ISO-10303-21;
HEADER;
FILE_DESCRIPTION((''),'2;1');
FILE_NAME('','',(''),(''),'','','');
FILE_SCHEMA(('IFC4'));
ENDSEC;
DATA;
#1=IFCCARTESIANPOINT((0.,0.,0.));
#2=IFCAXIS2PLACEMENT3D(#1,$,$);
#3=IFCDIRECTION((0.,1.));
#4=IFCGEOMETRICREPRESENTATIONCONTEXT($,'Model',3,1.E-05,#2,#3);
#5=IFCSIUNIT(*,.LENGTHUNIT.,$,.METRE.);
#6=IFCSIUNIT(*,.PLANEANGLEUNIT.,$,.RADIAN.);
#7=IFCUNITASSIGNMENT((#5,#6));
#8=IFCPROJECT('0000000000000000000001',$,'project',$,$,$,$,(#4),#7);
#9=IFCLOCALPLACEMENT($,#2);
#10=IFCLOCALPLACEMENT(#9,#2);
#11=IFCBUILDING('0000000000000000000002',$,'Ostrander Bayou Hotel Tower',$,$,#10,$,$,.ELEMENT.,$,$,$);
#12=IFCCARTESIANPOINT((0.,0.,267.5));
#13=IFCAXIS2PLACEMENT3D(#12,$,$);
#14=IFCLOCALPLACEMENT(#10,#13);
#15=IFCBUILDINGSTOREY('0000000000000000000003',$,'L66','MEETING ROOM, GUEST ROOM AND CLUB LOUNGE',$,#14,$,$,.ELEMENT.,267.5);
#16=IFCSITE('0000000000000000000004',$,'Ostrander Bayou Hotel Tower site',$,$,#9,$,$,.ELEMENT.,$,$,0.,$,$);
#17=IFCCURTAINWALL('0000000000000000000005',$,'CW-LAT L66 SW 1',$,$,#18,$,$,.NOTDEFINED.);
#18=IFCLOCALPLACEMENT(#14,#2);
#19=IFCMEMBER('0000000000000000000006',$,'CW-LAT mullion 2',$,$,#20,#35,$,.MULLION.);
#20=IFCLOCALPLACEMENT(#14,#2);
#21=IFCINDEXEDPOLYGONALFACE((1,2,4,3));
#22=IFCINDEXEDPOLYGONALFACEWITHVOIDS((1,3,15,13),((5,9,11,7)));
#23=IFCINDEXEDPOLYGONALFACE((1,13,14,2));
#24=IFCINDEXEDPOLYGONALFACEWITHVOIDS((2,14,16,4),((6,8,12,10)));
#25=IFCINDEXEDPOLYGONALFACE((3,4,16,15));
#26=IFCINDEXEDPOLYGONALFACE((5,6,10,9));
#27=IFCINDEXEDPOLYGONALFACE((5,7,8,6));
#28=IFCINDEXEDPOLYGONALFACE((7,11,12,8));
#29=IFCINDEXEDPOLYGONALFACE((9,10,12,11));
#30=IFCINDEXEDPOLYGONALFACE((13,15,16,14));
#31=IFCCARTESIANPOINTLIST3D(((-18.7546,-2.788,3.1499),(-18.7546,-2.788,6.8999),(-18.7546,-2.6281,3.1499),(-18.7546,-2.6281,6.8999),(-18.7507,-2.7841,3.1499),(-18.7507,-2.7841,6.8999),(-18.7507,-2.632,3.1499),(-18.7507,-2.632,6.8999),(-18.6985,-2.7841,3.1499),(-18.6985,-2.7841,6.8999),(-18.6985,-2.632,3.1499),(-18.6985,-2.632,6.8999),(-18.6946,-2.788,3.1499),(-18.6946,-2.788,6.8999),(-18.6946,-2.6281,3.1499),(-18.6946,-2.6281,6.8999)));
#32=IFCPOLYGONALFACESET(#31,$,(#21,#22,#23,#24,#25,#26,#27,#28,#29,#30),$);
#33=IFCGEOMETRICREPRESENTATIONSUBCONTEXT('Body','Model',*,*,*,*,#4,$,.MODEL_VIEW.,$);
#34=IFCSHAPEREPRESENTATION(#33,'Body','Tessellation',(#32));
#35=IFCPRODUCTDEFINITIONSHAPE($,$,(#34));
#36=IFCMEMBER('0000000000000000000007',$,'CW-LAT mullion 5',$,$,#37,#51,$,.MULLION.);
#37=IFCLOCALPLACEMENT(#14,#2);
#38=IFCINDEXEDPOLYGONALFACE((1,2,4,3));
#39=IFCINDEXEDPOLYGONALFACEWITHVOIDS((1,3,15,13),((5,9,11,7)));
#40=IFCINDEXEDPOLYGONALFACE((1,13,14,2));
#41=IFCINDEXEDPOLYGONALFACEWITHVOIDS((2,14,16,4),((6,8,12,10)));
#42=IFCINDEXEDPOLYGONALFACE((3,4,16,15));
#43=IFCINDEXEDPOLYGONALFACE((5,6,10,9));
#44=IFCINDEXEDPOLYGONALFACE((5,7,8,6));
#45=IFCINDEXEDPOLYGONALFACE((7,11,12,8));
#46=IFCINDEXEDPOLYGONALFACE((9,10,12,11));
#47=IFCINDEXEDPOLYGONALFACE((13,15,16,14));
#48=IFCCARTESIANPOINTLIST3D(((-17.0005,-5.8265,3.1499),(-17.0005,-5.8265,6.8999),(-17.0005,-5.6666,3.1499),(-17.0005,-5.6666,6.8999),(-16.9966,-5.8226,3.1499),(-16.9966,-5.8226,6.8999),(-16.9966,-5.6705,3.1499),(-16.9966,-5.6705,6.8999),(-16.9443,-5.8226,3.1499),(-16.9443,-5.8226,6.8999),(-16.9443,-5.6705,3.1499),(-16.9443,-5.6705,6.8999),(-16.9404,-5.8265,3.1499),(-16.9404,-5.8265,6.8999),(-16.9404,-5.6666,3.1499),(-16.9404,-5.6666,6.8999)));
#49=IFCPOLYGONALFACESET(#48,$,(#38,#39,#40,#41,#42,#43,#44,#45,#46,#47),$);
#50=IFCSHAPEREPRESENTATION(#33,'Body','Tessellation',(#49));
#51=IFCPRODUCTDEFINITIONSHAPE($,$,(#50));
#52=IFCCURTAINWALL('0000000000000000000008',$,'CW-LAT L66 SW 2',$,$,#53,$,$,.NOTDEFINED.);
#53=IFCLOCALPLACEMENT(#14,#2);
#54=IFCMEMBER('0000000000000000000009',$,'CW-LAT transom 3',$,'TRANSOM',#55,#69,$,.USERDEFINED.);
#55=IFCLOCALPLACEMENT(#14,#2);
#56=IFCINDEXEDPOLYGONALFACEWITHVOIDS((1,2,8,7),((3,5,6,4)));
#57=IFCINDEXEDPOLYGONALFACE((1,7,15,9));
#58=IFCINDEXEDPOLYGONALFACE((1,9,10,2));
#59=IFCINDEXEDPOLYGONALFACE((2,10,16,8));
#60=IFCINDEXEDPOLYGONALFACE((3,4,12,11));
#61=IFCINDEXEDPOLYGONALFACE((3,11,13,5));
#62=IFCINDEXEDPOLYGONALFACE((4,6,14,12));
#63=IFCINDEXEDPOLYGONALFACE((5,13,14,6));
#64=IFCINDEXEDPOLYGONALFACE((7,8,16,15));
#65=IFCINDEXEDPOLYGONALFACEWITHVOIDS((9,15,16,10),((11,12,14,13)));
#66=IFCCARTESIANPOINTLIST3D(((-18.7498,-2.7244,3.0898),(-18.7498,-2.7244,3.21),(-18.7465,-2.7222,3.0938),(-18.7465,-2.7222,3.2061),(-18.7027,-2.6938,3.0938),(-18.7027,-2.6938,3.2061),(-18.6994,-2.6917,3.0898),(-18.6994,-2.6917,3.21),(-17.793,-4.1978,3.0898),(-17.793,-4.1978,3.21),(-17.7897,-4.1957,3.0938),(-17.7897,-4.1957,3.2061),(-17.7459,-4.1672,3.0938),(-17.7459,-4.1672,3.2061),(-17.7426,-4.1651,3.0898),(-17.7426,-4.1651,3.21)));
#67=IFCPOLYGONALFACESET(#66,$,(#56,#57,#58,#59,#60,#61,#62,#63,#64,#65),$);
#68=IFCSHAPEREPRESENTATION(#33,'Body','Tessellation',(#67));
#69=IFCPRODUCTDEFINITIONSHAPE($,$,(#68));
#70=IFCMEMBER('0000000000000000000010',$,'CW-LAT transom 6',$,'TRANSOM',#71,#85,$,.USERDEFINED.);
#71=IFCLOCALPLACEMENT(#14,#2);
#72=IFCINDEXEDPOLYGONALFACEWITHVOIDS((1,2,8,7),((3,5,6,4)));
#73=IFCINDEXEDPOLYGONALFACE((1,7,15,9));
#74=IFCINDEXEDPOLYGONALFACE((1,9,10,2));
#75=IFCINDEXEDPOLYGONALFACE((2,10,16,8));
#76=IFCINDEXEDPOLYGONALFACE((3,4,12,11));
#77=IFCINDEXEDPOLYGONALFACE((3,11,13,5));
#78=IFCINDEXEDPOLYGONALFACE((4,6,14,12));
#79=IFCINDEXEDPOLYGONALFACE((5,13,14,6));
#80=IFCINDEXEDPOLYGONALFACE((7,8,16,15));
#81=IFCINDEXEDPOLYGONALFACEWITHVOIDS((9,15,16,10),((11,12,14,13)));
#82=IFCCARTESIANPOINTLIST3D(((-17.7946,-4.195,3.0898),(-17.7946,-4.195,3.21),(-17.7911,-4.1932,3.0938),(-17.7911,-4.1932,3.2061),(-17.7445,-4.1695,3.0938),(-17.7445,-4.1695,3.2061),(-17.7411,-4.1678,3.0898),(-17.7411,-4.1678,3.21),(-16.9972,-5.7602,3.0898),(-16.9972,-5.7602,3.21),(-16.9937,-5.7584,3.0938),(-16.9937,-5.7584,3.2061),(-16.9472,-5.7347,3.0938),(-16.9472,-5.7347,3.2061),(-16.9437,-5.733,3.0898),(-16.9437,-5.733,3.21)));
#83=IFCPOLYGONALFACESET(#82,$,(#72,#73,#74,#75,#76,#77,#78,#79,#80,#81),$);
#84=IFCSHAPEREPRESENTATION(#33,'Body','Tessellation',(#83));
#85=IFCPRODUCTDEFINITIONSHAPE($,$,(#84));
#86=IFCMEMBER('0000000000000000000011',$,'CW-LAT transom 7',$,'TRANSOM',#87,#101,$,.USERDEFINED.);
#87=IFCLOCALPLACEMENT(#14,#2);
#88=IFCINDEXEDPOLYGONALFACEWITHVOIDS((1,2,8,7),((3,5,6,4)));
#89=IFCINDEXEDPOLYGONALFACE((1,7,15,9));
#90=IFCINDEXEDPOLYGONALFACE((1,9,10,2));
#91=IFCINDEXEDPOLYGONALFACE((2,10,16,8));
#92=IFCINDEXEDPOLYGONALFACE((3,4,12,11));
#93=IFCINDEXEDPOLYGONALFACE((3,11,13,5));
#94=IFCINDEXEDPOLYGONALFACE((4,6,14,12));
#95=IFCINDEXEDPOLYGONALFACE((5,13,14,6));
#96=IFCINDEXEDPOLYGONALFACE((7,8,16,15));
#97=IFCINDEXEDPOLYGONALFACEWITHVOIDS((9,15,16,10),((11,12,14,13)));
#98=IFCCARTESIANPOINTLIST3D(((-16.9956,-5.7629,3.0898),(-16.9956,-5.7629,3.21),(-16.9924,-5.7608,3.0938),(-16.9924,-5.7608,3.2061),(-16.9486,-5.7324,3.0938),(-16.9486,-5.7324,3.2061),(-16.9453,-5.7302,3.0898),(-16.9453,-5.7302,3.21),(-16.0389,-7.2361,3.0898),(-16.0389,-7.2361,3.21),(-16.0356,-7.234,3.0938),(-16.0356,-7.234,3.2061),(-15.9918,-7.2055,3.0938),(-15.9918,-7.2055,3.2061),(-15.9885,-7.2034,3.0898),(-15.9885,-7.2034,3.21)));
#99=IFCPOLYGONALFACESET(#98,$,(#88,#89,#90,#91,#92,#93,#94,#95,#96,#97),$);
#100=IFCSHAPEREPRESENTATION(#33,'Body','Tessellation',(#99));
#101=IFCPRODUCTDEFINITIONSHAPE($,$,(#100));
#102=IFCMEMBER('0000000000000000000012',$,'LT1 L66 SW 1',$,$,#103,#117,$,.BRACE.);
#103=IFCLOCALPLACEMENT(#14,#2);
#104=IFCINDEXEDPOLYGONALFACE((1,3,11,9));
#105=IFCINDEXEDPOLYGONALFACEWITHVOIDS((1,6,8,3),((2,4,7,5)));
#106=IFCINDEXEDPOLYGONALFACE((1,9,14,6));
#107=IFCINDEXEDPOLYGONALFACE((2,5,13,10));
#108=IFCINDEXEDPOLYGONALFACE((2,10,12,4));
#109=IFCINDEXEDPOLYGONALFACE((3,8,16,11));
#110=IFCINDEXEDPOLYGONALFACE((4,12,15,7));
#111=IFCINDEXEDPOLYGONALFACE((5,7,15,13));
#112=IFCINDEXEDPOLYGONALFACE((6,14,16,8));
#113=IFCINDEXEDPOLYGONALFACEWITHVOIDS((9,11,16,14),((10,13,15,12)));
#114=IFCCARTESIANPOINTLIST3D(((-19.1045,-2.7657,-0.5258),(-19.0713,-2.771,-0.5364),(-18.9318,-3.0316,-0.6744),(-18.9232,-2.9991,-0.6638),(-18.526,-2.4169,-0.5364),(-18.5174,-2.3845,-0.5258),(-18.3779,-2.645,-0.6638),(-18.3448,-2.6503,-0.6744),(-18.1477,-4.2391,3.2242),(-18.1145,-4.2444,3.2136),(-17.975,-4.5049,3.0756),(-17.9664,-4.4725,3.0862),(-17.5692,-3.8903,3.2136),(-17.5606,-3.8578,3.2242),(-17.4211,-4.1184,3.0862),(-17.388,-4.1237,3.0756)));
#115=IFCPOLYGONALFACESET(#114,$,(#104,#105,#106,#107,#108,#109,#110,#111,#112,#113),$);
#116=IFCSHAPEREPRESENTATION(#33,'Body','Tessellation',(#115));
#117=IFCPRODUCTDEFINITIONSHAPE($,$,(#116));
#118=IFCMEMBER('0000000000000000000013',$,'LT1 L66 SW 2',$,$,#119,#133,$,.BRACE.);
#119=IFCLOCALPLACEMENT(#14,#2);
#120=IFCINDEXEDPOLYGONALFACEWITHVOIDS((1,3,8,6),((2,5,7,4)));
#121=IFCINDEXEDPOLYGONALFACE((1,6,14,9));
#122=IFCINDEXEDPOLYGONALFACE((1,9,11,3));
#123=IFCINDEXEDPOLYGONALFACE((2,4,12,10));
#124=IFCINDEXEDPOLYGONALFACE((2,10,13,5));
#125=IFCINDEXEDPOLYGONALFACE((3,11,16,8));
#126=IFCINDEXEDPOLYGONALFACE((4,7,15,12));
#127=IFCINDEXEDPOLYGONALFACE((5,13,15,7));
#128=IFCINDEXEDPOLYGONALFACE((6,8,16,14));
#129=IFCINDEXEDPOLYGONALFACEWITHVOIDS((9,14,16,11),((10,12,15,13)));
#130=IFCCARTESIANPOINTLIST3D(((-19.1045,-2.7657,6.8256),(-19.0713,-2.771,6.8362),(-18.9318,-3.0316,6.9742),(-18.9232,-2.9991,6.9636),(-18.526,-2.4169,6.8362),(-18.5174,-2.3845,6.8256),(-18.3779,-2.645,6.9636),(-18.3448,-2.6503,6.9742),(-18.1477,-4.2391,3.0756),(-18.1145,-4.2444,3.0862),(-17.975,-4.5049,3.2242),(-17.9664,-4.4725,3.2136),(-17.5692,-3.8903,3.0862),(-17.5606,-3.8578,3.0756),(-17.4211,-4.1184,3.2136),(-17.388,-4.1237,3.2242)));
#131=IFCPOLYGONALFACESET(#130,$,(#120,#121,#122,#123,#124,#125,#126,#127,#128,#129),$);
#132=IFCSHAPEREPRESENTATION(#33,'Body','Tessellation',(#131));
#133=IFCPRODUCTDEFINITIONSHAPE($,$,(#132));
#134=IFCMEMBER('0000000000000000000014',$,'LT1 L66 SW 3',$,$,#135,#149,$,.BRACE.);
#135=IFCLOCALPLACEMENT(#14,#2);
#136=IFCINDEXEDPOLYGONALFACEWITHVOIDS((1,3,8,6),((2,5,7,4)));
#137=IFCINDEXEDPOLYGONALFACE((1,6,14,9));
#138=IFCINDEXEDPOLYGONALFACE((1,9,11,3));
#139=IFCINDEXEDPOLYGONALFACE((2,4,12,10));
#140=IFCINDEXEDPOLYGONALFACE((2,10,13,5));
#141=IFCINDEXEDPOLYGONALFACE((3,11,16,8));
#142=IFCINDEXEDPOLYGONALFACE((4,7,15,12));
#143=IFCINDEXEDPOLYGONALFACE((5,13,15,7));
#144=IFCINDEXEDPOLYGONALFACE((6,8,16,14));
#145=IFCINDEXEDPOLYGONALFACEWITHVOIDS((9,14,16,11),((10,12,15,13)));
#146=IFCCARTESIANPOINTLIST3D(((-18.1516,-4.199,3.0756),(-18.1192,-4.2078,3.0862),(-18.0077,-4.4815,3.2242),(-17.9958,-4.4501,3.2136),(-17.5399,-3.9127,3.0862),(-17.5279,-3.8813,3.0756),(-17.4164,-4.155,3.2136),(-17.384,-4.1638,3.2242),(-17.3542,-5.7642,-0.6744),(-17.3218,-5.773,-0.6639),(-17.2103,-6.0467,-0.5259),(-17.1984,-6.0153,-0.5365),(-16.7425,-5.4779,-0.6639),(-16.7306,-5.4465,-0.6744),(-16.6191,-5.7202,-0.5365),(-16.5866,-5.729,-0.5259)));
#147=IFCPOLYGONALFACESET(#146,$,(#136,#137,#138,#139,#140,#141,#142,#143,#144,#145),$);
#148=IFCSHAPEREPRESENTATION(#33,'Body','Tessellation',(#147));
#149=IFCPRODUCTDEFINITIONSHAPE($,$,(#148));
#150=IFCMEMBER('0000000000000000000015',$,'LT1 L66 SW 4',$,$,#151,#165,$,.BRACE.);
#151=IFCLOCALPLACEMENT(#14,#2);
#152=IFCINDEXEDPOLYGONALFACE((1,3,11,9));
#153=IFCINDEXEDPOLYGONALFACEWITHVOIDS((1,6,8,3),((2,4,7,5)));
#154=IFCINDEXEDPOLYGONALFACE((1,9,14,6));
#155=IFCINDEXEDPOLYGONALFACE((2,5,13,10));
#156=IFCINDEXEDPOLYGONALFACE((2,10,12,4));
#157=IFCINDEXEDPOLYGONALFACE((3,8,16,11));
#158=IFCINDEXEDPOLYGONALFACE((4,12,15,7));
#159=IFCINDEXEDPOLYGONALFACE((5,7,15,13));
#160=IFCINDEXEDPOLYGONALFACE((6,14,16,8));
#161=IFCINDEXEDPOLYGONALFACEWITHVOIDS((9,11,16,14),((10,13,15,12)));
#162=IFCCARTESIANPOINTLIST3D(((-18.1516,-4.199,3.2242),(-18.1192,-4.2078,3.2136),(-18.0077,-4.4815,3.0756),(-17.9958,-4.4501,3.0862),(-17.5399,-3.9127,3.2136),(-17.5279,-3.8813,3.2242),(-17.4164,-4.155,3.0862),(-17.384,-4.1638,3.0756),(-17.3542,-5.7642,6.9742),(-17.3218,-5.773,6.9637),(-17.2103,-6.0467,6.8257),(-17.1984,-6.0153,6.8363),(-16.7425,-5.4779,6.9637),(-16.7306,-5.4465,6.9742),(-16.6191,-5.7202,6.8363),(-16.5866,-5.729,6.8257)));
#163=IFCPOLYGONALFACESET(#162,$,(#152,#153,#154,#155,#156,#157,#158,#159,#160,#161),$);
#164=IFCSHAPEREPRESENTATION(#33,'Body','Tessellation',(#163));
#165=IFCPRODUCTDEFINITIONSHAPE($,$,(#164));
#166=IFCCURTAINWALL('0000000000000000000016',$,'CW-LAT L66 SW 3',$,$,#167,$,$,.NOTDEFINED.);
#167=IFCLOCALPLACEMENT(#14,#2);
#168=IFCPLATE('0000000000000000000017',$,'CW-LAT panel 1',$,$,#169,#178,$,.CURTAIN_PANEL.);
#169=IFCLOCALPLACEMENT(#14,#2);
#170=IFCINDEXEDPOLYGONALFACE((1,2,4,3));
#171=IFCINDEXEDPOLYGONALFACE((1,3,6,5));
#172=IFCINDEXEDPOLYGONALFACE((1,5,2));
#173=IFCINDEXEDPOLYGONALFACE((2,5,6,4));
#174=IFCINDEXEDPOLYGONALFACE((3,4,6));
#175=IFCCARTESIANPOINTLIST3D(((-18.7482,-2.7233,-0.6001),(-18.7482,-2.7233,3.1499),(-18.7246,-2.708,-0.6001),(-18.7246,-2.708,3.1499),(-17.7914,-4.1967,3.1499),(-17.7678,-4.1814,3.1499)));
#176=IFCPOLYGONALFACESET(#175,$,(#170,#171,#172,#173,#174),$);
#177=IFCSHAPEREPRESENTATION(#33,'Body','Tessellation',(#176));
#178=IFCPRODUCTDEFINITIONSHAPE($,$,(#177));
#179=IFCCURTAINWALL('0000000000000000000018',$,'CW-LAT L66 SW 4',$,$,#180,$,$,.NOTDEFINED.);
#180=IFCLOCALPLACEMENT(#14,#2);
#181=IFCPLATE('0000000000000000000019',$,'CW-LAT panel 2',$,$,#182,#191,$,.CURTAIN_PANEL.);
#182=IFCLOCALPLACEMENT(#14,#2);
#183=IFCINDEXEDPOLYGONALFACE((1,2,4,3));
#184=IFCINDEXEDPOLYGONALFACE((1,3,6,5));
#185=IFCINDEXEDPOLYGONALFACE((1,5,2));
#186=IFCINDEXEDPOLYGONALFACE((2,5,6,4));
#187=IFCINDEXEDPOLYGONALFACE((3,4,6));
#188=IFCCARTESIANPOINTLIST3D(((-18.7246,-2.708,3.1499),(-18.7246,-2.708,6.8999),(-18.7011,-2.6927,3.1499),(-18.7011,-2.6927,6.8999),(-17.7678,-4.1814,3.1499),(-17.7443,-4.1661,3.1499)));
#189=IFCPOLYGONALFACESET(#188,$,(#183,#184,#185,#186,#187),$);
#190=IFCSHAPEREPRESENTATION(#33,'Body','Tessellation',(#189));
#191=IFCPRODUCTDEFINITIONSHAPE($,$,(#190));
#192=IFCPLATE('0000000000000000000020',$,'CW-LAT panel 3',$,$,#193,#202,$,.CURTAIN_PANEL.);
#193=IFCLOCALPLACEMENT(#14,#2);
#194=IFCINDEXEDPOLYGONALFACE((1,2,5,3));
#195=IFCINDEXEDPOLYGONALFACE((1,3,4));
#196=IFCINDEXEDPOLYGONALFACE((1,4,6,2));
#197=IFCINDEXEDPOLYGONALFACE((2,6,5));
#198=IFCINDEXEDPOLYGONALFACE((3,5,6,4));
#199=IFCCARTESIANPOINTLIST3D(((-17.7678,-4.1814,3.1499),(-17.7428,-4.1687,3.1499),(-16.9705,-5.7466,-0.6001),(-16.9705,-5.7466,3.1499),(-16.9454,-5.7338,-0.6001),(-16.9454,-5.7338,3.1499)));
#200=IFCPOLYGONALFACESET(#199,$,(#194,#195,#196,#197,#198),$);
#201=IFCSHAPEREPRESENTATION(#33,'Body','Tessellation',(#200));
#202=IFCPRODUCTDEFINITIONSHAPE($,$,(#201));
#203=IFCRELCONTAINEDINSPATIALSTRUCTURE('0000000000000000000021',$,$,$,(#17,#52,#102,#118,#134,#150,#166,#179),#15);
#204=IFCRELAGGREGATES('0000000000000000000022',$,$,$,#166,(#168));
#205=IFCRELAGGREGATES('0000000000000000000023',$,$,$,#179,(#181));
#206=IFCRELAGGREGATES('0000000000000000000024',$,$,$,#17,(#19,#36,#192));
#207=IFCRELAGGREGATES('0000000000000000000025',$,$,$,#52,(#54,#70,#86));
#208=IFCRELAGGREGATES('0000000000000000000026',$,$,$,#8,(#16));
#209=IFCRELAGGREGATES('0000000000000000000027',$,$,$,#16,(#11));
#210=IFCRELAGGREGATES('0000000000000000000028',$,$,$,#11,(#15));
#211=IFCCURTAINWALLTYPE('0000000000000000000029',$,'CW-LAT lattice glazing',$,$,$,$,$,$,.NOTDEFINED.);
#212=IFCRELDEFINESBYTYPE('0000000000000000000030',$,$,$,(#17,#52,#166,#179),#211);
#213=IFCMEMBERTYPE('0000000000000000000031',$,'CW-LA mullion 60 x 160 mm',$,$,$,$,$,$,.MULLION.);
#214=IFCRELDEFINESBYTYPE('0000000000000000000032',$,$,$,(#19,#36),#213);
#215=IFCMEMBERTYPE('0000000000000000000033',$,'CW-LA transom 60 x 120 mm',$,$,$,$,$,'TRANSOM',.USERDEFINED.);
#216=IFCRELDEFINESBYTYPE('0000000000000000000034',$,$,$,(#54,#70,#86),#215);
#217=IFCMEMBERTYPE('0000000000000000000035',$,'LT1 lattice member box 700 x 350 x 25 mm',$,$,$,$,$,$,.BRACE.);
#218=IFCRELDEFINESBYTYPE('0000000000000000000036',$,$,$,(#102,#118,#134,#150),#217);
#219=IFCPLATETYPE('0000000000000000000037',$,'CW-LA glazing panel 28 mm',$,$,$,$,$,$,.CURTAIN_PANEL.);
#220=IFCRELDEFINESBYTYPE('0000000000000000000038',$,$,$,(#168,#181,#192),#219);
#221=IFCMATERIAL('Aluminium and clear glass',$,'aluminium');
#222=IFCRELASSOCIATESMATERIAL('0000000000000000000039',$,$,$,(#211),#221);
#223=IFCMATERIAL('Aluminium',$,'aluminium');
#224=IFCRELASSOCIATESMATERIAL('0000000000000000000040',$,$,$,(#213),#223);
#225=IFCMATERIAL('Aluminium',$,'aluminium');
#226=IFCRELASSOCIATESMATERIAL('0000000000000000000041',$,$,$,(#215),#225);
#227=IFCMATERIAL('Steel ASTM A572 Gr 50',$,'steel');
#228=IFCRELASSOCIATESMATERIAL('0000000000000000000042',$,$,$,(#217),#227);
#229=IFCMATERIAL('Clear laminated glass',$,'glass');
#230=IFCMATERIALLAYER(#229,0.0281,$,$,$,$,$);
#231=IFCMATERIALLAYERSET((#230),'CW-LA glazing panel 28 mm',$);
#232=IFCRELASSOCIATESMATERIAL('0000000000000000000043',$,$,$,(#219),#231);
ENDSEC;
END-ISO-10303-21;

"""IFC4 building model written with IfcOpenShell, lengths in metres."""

from ifc_helpers import new_model, si_unit, direction, frame, origin, origin_2d, place, context, subcontext, project, spatial, polyline, hollow_rectangle, outline, extrude, material, layer, layer_set, material_profile, profile_set, type_object, element, aggregate, save


model = new_model("IFC4")

# Units and contexts
model_context = context("Model", 3, precision=1e-05, world=origin(), true_north=direction((0.0, 1.0)))
body_context = subcontext(model_context, "Body", "Model", "MODEL_VIEW")
ifc_project = project(units=[si_unit("LENGTHUNIT", "METRE"), si_unit("PLANEANGLEUNIT", "RADIAN")], contexts=[model_context])

# Site, building, storey
site_placement = place(None, origin())
site = spatial("IfcSite", under=ifc_project, at=site_placement, Name="Ostrander Bayou Hotel Tower site", CompositionType="ELEMENT", RefElevation=0.0)
building_placement = place(site_placement, origin())
building = spatial("IfcBuilding", under=site, at=building_placement, Name="Ostrander Bayou Hotel Tower", CompositionType="ELEMENT")
storey_placement = place(building_placement, frame((0.0, 0.0, 267.5)))
storey = spatial("IfcBuildingStorey", under=building, at=storey_placement, Name="L66", Description="MEETING ROOM, GUEST ROOM AND CLUB LOUNGE", CompositionType="ELEMENT", Elevation=267.5)

# Curtain walls, members
ifc_material_1 = material(Name="Aluminium and clear glass", Category="aluminium")
curtain_wall_type = type_object("IfcCurtainWallType", Name="CW-LAT lattice glazing", PredefinedType="NOTDEFINED", material=ifc_material_1)
curtain_wall_1_placement = place(storey_placement, origin())
curtain_wall_1 = element("IfcCurtainWall", 1, at=curtain_wall_1_placement, inside=storey, type_object=curtain_wall_type, Name="CW-LAT L66 SW 1", PredefinedType="NOTDEFINED")
ifc_material_2 = material(Name="Aluminium", Category="aluminium")
ifc_material_profile_1 = material_profile(ifc_material_2, hollow_rectangle(XDim=0.0601, YDim=0.1599, WallThickness=0.0039, at=origin_2d()))
ifc_profile_set_1 = profile_set([ifc_material_profile_1], Name="Aluminium")
member_type_1 = type_object("IfcMemberType", Name="CW-LA mullion 60 x 160 mm", PredefinedType="MULLION", material=ifc_profile_set_1)
member_1_placement = place(storey_placement, frame((-18.7246, -2.708, 3.1499), z_axis=(0.0, 0.0, 1.0), x_axis=(1.0, 0.0, 0.0)))
member_1 = element("IfcMember", 2, at=member_1_placement, type_object=member_type_1, Name="CW-LAT mullion 2", PredefinedType="MULLION", context=body_context, shape_type="SweptSolid", body=[
    extrude(hollow_rectangle(XDim=0.0601, YDim=0.1599, WallThickness=0.0039, at=origin_2d()), origin(), (0.0, 0.0, 1.0), 3.75),
])
member_2_placement = place(storey_placement, frame((-16.9705, -5.7466, 3.1499), z_axis=(0.0, 0.0, 1.0), x_axis=(1.0, 0.0, 0.0)))
member_2 = element("IfcMember", 3, at=member_2_placement, type_object=member_type_1, Name="CW-LAT mullion 5", PredefinedType="MULLION", context=body_context, shape_type="SweptSolid", body=[
    extrude(hollow_rectangle(XDim=0.0601, YDim=0.1599, WallThickness=0.0039, at=origin_2d()), origin(), (0.0, 0.0, 1.0), 3.75),
])
curtain_wall_2_placement = place(storey_placement, origin())
curtain_wall_2 = element("IfcCurtainWall", 4, at=curtain_wall_2_placement, inside=storey, type_object=curtain_wall_type, Name="CW-LAT L66 SW 2", PredefinedType="NOTDEFINED")
ifc_material_3 = material(Name="Aluminium", Category="aluminium")
ifc_material_profile_2 = material_profile(ifc_material_3, hollow_rectangle(XDim=0.0601, YDim=0.1201, WallThickness=0.0039, at=origin_2d()))
ifc_profile_set_2 = profile_set([ifc_material_profile_2], Name="Aluminium")
member_type_2 = type_object("IfcMemberType", Name="CW-LA transom 60 x 120 mm", ElementType="TRANSOM", PredefinedType="USERDEFINED", material=ifc_profile_set_2)
member_3_placement = place(storey_placement, frame((-18.7246, -2.708, 3.1499), z_axis=(0.544622, -0.838682, 0.0), x_axis=(0.838682, 0.544622, 0.0)))
member_3 = element("IfcMember", 5, at=member_3_placement, type_object=member_type_2, Name="CW-LAT transom 3", ObjectType="TRANSOM", PredefinedType="USERDEFINED", context=body_context, shape_type="SweptSolid", body=[
    extrude(hollow_rectangle(XDim=0.0601, YDim=0.1201, WallThickness=0.0039, at=origin_2d()), origin(), (0.0, 0.0, 1.0), 1.7568),
])
member_4_placement = place(storey_placement, frame((-16.9705, -5.7466, 3.1499), z_axis=(-0.453928, 0.891038, 0.0), x_axis=(-0.891038, -0.453928, 0.0)))
member_4 = element("IfcMember", 6, at=member_4_placement, type_object=member_type_2, Name="CW-LAT transom 6", ObjectType="TRANSOM", PredefinedType="USERDEFINED", context=body_context, shape_type="SweptSolid", body=[
    extrude(hollow_rectangle(XDim=0.0601, YDim=0.1201, WallThickness=0.0039, at=origin_2d()), origin(), (0.0, 0.0, 1.0), 1.7566),
])
member_5_placement = place(storey_placement, frame((-16.9705, -5.7466, 3.1499), z_axis=(0.544685, -0.83864, 0.0), x_axis=(0.83864, 0.544685, 0.0)))
member_5 = element("IfcMember", 7, at=member_5_placement, type_object=member_type_2, Name="CW-LAT transom 7", ObjectType="TRANSOM", PredefinedType="USERDEFINED", context=body_context, shape_type="SweptSolid", body=[
    extrude(hollow_rectangle(XDim=0.0601, YDim=0.1201, WallThickness=0.0039, at=origin_2d()), origin(), (0.0, 0.0, 1.0), 1.7566),
])

# Members
ifc_material_4 = material(Name="Steel ASTM A572 Gr 50", Category="steel")
ifc_material_profile_3 = material_profile(ifc_material_4, hollow_rectangle(XDim=0.7, YDim=0.3501, WallThickness=0.0249, at=origin_2d()))
ifc_profile_set_3 = profile_set([ifc_material_profile_3], Name="Steel ASTM A572 Gr 50")
member_type_3 = type_object("IfcMemberType", Name="LT1 lattice member box 700 x 350 x 25 mm", PredefinedType="BRACE", material=ifc_profile_set_3)
for number, where, z_axis, x_axis, name in (
    (8, (-17.7678, -4.1814, 3.1499), (-0.231046, 0.355795, -0.905554), (-0.838682, -0.544622, 0.0), "LT1 L66 SW 1"),
    (9, (-17.7678, -4.1814, 3.1499), (-0.231046, 0.355795, 0.905554), (-0.838682, -0.544622, 0.0), "LT1 L66 SW 2"),
    (10, (-17.7678, -4.1814, 3.1499), (0.192552, -0.37797, -0.905573), (0.891038, 0.453928, 0.0), "LT1 L66 SW 3"),
    (11, (-17.7678, -4.1814, 3.1499), (0.192552, -0.37797, 0.905573), (0.891038, 0.453928, 0.0), "LT1 L66 SW 4"),
):
    element("IfcMember", number, at=place(storey_placement, frame(where, z_axis=z_axis, x_axis=x_axis)), inside=storey, type_object=member_type_3, Name=name, PredefinedType="BRACE", context=body_context, shape_type="SweptSolid", body=[
        extrude(hollow_rectangle(XDim=0.7, YDim=0.3501, WallThickness=0.0249, at=origin_2d()), origin(), (0.0, 0.0, 1.0), 4.1411),
    ])

# Curtain walls, plates
curtain_wall_3_placement = place(storey_placement, origin())
curtain_wall_3 = element("IfcCurtainWall", 12, at=curtain_wall_3_placement, inside=storey, type_object=curtain_wall_type, Name="CW-LAT L66 SW 3", PredefinedType="NOTDEFINED")
ifc_material_5 = material(Name="Clear laminated glass", Category="glass")
ifc_layer_1 = layer(ifc_material_5, 0.0281)
ifc_layer_set_1 = layer_set([ifc_layer_1], Name="CW-LA glazing panel 28 mm")
plate_type = type_object("IfcPlateType", Name="CW-LA glazing panel 28 mm", PredefinedType="CURTAIN_PANEL", material=ifc_layer_set_1)
plate_1_placement = place(storey_placement, frame((-17.7678, -4.1814, 3.1499), z_axis=(0.838682, 0.544622, 0.0), x_axis=(-0.231046, 0.355795, -0.905554)))
plate_1 = element("IfcPlate", 13, at=plate_1_placement, type_object=plate_type, Name="CW-LAT panel 1", PredefinedType="CURTAIN_PANEL", context=body_context, shape_type="SweptSolid", body=[
    extrude(outline(polyline([(0.0, 0.0), (4.1411, 0.0), (0.7453, 1.5909), (0.0, 0.0)])), origin(), (0.0, 0.0, -1.0), 0.0281),
])
aggregate(curtain_wall_3, [plate_1])
curtain_wall_4_placement = place(storey_placement, origin())
curtain_wall_4 = element("IfcCurtainWall", 14, at=curtain_wall_4_placement, inside=storey, type_object=curtain_wall_type, Name="CW-LAT L66 SW 4", PredefinedType="NOTDEFINED")
plate_2_placement = place(storey_placement, frame((-17.7678, -4.1814, 3.1499), z_axis=(-0.838682, -0.544622, 0.0), x_axis=(-0.231046, 0.355795, 0.905554)))
plate_2 = element("IfcPlate", 15, at=plate_2_placement, type_object=plate_type, Name="CW-LAT panel 2", PredefinedType="CURTAIN_PANEL", context=body_context, shape_type="SweptSolid", body=[
    extrude(outline(polyline([(0.0, 0.0), (4.1411, 0.0), (0.7453, 1.5909), (0.0, 0.0)])), origin(), (0.0, 0.0, -1.0), 0.0281),
])
aggregate(curtain_wall_4, [plate_2])

# Plate
plate_3_placement = place(storey_placement, frame((-17.7678, -4.1814, 3.1499), z_axis=(-0.891038, -0.453928, 0.0), x_axis=(0.192552, -0.37797, -0.905573)))
plate_3 = element("IfcPlate", 16, at=plate_3_placement, type_object=plate_type, Name="CW-LAT panel 3", PredefinedType="CURTAIN_PANEL", context=body_context, shape_type="SweptSolid", body=[
    extrude(outline(polyline([(0.0, 0.0), (4.141, 0.0), (0.7451, 1.5907), (0.0, 0.0)])), origin(), (0.0, 0.0, -1.0), 0.0281),
])
aggregate(curtain_wall_1, [member_1, member_2, plate_3])
aggregate(curtain_wall_2, [member_3, member_4, member_5])

save(model, "model.ifc")
